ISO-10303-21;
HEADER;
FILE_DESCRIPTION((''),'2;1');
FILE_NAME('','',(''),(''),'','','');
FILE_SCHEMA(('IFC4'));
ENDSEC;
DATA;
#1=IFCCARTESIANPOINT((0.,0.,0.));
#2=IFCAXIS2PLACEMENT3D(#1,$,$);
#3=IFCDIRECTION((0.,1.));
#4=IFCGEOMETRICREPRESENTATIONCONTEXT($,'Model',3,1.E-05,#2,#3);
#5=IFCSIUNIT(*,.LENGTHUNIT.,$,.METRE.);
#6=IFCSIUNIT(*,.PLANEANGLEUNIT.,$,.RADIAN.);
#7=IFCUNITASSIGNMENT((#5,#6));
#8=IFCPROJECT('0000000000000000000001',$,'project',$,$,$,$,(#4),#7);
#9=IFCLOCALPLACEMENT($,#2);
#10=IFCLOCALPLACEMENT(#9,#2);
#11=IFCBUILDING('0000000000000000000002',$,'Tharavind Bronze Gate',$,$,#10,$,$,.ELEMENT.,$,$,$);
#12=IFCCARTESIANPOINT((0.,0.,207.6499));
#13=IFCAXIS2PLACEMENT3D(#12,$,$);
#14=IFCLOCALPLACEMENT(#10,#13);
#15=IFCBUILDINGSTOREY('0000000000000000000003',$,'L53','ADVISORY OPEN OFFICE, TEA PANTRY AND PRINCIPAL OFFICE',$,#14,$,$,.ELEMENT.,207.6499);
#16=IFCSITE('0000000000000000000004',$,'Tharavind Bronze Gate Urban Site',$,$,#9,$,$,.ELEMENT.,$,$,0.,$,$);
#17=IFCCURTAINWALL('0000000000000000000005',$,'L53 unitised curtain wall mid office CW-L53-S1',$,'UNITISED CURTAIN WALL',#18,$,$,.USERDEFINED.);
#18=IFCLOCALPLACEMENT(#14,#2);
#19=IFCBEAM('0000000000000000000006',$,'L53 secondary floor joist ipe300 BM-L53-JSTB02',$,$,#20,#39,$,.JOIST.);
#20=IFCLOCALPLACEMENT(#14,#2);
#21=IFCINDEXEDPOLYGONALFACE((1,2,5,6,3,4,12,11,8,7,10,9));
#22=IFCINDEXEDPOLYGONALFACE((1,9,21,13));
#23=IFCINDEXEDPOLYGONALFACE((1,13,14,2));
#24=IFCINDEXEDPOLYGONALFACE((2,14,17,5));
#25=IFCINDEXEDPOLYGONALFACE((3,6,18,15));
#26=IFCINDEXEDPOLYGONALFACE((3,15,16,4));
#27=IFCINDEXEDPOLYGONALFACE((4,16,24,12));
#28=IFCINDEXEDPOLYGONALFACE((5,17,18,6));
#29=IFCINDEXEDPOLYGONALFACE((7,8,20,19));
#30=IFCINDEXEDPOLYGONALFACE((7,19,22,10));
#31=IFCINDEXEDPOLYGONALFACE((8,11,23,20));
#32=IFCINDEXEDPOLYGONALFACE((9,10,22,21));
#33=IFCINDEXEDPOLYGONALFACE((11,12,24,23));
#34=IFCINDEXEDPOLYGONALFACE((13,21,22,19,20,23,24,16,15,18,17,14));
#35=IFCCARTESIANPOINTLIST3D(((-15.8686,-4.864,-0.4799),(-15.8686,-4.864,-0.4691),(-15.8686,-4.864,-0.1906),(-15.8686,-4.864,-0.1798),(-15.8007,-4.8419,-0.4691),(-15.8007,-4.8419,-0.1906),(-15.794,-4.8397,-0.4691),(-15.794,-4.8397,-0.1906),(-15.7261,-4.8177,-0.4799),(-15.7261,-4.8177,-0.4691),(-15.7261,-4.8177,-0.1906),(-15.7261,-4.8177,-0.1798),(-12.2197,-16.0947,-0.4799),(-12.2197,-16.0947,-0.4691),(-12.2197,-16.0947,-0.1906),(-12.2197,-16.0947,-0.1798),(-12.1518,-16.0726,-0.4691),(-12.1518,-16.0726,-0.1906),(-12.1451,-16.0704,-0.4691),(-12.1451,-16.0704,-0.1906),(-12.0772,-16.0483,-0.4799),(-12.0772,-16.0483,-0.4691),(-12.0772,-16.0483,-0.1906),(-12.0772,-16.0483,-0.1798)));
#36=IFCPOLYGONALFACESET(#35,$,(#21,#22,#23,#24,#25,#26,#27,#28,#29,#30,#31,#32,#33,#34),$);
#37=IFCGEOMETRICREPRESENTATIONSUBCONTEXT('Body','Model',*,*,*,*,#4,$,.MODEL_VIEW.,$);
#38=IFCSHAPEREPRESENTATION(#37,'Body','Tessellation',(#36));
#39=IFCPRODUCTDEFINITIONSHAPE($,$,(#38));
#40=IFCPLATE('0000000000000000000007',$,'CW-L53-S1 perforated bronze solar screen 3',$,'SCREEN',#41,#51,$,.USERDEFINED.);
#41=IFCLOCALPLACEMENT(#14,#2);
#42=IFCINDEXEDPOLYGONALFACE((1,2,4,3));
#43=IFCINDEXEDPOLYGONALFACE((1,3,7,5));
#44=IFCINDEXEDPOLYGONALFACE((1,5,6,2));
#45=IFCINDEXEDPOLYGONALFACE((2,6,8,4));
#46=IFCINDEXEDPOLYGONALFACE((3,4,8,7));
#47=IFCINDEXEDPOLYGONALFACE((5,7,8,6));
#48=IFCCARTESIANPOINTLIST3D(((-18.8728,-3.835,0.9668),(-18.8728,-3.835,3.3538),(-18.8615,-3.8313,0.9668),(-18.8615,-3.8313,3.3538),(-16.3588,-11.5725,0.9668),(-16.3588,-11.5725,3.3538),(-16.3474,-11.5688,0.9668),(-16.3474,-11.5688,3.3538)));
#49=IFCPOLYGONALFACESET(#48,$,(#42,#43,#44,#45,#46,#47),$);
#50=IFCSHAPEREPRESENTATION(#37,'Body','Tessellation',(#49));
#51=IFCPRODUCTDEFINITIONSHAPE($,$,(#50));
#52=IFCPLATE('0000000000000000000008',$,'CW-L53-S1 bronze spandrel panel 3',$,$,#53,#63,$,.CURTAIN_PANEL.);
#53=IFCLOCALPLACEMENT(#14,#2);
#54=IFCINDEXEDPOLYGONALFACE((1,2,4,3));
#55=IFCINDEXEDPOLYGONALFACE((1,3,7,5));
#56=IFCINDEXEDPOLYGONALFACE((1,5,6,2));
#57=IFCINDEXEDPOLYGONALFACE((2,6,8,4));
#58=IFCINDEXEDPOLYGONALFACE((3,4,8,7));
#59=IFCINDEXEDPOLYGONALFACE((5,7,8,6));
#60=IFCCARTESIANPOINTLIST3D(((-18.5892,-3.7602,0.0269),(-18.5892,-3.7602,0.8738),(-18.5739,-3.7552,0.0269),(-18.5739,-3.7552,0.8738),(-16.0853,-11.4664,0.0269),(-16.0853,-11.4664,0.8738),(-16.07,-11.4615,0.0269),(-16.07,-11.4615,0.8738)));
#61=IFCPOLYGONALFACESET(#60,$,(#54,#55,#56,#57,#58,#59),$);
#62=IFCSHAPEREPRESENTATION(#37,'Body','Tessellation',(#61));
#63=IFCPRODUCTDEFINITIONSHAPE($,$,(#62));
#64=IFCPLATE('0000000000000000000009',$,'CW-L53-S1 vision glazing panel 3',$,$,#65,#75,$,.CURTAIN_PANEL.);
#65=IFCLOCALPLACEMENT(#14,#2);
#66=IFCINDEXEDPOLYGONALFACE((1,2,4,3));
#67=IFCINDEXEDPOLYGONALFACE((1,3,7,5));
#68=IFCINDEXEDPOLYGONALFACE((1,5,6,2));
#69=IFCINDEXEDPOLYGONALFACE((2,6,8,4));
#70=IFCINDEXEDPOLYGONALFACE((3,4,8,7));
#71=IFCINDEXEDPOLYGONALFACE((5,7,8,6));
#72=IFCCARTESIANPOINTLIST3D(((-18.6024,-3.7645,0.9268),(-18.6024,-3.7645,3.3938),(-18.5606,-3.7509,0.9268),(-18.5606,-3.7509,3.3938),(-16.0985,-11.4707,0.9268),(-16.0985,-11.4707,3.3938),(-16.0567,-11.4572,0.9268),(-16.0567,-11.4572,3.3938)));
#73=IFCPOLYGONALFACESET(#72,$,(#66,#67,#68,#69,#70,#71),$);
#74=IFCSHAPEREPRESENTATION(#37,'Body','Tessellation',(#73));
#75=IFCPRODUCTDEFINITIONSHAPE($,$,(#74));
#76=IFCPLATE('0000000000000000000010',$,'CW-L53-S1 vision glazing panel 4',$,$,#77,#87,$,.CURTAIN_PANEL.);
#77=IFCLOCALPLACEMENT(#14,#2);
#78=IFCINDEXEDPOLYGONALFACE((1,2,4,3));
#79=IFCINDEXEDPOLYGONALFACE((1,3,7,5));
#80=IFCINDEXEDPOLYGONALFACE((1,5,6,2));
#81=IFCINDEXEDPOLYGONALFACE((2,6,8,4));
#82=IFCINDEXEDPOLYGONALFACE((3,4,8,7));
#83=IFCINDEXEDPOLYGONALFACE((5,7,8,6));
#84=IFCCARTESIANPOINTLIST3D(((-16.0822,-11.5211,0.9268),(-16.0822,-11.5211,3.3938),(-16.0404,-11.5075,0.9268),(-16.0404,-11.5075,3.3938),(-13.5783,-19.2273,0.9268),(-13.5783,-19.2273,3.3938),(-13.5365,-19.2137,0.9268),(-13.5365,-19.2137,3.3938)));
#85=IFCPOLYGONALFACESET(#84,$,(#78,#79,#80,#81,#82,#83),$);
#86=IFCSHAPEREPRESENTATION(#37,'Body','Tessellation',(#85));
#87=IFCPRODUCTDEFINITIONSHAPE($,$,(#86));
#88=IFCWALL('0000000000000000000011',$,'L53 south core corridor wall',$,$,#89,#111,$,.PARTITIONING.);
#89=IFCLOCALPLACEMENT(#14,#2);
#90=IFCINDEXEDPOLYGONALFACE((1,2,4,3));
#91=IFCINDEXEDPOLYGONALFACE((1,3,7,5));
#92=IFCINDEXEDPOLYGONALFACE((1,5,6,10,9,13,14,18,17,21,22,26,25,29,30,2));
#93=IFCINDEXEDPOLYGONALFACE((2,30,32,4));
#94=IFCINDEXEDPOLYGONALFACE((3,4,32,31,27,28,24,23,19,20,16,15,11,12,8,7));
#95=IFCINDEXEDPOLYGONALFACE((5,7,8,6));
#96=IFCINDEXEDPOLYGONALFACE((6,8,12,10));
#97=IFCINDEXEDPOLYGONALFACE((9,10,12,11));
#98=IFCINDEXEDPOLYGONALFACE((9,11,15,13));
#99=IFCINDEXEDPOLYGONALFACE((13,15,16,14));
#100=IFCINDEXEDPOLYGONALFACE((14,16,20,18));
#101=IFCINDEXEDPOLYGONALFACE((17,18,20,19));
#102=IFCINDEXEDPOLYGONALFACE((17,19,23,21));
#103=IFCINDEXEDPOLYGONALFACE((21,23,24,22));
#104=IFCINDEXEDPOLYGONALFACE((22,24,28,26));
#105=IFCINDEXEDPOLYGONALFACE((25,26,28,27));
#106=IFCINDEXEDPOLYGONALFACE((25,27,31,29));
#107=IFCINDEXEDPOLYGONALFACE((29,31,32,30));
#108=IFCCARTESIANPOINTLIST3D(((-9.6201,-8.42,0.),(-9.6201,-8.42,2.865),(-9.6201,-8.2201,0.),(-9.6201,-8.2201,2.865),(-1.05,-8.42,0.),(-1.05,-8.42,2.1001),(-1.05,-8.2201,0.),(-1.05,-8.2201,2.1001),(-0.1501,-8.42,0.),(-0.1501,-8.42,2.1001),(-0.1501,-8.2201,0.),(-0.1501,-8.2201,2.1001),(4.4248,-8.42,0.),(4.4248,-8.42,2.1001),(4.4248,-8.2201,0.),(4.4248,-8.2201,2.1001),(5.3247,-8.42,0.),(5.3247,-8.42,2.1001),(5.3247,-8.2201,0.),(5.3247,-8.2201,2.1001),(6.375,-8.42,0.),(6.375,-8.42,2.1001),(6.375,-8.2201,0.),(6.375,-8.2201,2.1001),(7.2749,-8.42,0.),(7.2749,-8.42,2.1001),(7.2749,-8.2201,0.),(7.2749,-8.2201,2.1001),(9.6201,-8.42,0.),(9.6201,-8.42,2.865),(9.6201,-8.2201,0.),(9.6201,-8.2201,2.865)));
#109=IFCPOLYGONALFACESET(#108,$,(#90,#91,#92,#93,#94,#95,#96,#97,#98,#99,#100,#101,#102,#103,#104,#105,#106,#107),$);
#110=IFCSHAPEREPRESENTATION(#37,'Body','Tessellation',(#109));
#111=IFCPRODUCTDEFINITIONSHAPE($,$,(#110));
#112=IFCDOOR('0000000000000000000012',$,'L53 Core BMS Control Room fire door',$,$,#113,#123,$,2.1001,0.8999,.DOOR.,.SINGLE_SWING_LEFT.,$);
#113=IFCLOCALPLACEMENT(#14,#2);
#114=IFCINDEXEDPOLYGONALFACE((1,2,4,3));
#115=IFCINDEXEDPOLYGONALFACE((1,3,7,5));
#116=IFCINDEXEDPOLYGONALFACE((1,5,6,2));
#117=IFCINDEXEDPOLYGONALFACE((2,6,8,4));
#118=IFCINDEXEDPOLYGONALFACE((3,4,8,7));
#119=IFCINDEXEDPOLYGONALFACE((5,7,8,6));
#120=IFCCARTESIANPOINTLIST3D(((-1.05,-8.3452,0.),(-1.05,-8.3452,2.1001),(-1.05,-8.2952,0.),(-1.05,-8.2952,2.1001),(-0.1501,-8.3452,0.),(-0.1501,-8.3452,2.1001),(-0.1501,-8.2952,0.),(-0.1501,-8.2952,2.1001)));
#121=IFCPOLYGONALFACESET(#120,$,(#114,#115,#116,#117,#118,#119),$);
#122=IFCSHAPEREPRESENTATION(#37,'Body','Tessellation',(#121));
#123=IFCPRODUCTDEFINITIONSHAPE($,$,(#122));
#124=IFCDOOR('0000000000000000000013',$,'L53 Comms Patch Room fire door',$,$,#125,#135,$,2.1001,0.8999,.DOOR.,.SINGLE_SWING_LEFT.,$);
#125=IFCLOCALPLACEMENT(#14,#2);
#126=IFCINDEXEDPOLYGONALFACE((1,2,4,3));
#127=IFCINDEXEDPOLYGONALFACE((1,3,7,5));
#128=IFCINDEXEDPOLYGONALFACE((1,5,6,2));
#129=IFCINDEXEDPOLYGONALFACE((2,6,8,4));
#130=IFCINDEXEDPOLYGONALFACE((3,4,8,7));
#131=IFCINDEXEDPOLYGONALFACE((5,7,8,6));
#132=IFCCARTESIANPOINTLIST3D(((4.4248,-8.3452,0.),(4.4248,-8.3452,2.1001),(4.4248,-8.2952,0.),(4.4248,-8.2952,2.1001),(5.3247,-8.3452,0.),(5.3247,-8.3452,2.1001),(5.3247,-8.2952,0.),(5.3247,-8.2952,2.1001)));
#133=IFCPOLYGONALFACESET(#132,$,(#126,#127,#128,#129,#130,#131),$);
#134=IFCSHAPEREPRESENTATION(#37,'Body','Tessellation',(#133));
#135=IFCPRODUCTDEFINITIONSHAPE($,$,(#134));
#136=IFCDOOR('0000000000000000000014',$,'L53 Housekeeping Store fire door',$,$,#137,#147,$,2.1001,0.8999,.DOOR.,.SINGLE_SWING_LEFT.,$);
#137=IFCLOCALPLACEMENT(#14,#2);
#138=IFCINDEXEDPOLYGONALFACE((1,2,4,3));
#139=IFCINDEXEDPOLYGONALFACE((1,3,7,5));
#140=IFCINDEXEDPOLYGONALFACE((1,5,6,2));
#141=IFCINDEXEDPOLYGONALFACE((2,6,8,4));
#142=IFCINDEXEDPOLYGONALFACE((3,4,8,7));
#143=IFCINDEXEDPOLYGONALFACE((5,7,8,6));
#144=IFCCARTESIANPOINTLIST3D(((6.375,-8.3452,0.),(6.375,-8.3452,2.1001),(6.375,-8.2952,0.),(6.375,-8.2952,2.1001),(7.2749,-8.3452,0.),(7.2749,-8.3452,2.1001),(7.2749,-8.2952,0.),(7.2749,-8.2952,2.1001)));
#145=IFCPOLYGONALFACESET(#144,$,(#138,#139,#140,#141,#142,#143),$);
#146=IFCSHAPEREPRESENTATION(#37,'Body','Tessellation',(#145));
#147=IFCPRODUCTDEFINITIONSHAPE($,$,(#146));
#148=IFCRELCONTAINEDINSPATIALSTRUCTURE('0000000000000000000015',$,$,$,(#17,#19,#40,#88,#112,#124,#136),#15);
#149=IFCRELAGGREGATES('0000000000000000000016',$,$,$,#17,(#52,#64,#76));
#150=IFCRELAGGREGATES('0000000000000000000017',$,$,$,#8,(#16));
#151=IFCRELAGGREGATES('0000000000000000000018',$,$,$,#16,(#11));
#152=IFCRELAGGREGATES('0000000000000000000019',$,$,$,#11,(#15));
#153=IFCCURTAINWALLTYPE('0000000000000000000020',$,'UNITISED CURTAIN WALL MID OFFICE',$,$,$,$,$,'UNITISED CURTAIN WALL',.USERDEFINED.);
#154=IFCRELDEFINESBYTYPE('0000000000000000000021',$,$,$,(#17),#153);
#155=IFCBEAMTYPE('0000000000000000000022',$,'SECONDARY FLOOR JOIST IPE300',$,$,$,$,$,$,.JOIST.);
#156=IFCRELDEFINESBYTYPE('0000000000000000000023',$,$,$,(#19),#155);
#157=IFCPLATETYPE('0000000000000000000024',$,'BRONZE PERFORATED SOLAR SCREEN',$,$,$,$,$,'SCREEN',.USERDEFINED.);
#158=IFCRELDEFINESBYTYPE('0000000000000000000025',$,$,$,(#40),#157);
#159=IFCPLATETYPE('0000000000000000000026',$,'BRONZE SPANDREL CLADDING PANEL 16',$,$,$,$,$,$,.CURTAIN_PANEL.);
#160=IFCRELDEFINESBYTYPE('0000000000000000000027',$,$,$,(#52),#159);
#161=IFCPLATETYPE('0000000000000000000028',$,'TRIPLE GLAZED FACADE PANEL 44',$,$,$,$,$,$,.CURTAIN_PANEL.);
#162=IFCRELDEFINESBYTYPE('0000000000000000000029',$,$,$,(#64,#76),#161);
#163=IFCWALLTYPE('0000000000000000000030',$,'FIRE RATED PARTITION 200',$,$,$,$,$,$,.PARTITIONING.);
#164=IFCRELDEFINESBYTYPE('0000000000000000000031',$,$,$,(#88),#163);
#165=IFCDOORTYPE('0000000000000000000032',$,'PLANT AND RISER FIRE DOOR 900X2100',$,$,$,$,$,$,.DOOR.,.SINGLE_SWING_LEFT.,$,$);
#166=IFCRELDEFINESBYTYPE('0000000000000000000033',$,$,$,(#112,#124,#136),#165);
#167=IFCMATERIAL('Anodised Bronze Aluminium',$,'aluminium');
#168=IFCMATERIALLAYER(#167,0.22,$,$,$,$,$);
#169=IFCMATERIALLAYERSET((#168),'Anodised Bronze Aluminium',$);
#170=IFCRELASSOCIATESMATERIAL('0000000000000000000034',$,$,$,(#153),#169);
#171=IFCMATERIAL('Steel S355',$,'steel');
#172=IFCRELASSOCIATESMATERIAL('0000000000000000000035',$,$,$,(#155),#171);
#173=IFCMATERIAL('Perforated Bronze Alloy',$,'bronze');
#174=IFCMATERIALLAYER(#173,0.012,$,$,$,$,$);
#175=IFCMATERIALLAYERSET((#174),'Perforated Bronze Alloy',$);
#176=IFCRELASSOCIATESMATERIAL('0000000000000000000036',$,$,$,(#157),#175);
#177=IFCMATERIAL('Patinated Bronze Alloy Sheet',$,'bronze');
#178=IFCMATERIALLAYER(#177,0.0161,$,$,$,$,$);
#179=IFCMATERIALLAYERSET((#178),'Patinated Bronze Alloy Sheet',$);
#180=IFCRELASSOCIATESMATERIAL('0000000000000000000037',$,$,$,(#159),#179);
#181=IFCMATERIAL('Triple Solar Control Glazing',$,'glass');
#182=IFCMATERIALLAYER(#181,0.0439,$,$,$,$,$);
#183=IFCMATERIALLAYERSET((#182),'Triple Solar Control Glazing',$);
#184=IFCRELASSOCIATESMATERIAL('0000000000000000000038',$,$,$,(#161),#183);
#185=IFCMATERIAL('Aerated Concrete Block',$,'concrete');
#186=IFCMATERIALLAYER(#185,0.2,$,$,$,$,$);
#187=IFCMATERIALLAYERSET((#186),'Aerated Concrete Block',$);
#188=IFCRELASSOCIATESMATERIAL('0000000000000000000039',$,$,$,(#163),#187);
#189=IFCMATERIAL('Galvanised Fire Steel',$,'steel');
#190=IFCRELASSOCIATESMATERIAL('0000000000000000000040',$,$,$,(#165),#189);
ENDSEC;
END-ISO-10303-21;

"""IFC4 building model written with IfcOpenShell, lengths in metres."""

from ifc_helpers import new_model, si_unit, direction, frame, frame_2d, origin, origin_2d, place, context, subcontext, project, spatial, rectangle, i_section, extrude, material, layer, layer_set, material_profile, profile_set, type_object, element, fill, aggregate, save


model = new_model("IFC4")

# Units and contexts
model_context = context("Model", 3, precision=1e-05, world=origin(), true_north=direction((0.0, 1.0)))
body_context = subcontext(model_context, "Body", "Model", "MODEL_VIEW")
ifc_project = project(units=[si_unit("LENGTHUNIT", "METRE"), si_unit("PLANEANGLEUNIT", "RADIAN")], contexts=[model_context])

# Site, building, storey
site_placement = place(None, origin())
site = spatial("IfcSite", under=ifc_project, at=site_placement, Name="Tharavind Bronze Gate Urban Site", CompositionType="ELEMENT", RefElevation=0.0)
building_placement = place(site_placement, origin())
building = spatial("IfcBuilding", under=site, at=building_placement, Name="Tharavind Bronze Gate", CompositionType="ELEMENT")
storey_placement = place(building_placement, frame((0.0, 0.0, 207.6499)))
storey = spatial("IfcBuildingStorey", under=building, at=storey_placement, Name="L53", Description="ADVISORY OPEN OFFICE, TEA PANTRY AND PRINCIPAL OFFICE", CompositionType="ELEMENT", Elevation=207.6499)

# Curtain wall
ifc_material_1 = material(Name="Anodised Bronze Aluminium", Category="aluminium")
ifc_layer_1 = layer(ifc_material_1, 0.22)
ifc_layer_set_1 = layer_set([ifc_layer_1], Name="Anodised Bronze Aluminium")
curtain_wall_type = type_object("IfcCurtainWallType", Name="UNITISED CURTAIN WALL MID OFFICE", ElementType="UNITISED CURTAIN WALL", PredefinedType="USERDEFINED", material=ifc_layer_set_1)
curtain_wall_placement = place(storey_placement, origin())
curtain_wall = element("IfcCurtainWall", 1, at=curtain_wall_placement, inside=storey, type_object=curtain_wall_type, Name="L53 unitised curtain wall mid office CW-L53-S1", ObjectType="UNITISED CURTAIN WALL", PredefinedType="USERDEFINED")

# Beam
ifc_material_2 = material(Name="Steel S355", Category="steel")
ifc_material_profile_1 = material_profile(ifc_material_2, i_section(OverallWidth=0.1499, OverallDepth=0.3, WebThickness=0.0071, FlangeThickness=0.0107, at=origin_2d()), Name="IPE300")
ifc_profile_set_1 = profile_set([ifc_material_profile_1], Name="Steel S355")
beam_type_1 = type_object("IfcBeamType", Name="SECONDARY FLOOR JOIST IPE300", PredefinedType="JOIST", material=ifc_profile_set_1)
beam_1_placement = place(storey_placement, frame((-15.7974, -4.8408, -0.3298), z_axis=(0.309005, -0.95106, 0.0), x_axis=(0.95106, 0.309005, 0.0)))
element("IfcBeam", 2, at=beam_1_placement, inside=storey, type_object=beam_type_1, Name="L53 secondary floor joist ipe300 BM-L53-JSTB02", PredefinedType="JOIST", context=body_context, shape_type="SweptSolid", body=[
    extrude(i_section(OverallWidth=0.1499, OverallDepth=0.3, WebThickness=0.0071, FlangeThickness=0.0107, at=origin_2d()), origin(), (0.0, 0.0, 1.0), 11.8086),
])

# Plates
ifc_material_3 = material(Name="Perforated Bronze Alloy", Category="bronze")
ifc_layer_2 = layer(ifc_material_3, 0.012)
ifc_layer_set_2 = layer_set([ifc_layer_2], Name="Perforated Bronze Alloy")
plate_type_1 = type_object("IfcPlateType", Name="BRONZE PERFORATED SOLAR SCREEN", ElementType="SCREEN", PredefinedType="USERDEFINED", material=ifc_layer_set_2)
plate_1_placement = place(storey_placement, frame((-17.6101, -7.7019, 0.9668), z_axis=(0.0, 0.0, 1.0), x_axis=(0.309017, -0.951057, 0.0)))
element("IfcPlate", 3, at=plate_1_placement, inside=storey, type_object=plate_type_1, Name="CW-L53-S1 perforated bronze solar screen 3", ObjectType="SCREEN", PredefinedType="USERDEFINED", context=body_context, shape_type="SweptSolid", body=[
    extrude(rectangle(XDim=8.1357, YDim=0.012, at=origin_2d()), origin(), (0.0, 0.0, 1.0), 2.387),
])
ifc_material_4 = material(Name="Patinated Bronze Alloy Sheet", Category="bronze")
ifc_layer_3 = layer(ifc_material_4, 0.0161)
ifc_layer_set_3 = layer_set([ifc_layer_3], Name="Patinated Bronze Alloy Sheet")
plate_type_2 = type_object("IfcPlateType", Name="BRONZE SPANDREL CLADDING PANEL 16", PredefinedType="CURTAIN_PANEL", material=ifc_layer_set_3)
plate_2_placement = place(storey_placement, frame((-17.3296, -7.6108, 0.0269), z_axis=(0.0, 0.0, 1.0), x_axis=(0.309017, -0.951057, 0.0)))
plate_2 = element("IfcPlate", 4, at=plate_2_placement, type_object=plate_type_2, Name="CW-L53-S1 bronze spandrel panel 3", PredefinedType="CURTAIN_PANEL", context=body_context, shape_type="SweptSolid", body=[
    extrude(rectangle(XDim=8.1028, YDim=0.0161, at=origin_2d()), origin(), (0.0, 0.0, 1.0), 0.8469),
])
ifc_material_5 = material(Name="Triple Solar Control Glazing", Category="glass")
ifc_layer_4 = layer(ifc_material_5, 0.0439)
ifc_layer_set_4 = layer_set([ifc_layer_4], Name="Triple Solar Control Glazing")
plate_type_3 = type_object("IfcPlateType", Name="TRIPLE GLAZED FACADE PANEL 44", PredefinedType="CURTAIN_PANEL", material=ifc_layer_set_4)
plate_3_placement = place(storey_placement, frame((-17.3296, -7.6108, 0.9268), z_axis=(0.0, 0.0, 1.0), x_axis=(0.309017, -0.951057, 0.0)))
plate_3 = element("IfcPlate", 5, at=plate_3_placement, type_object=plate_type_3, Name="CW-L53-S1 vision glazing panel 3", PredefinedType="CURTAIN_PANEL", context=body_context, shape_type="SweptSolid", body=[
    extrude(rectangle(XDim=8.1028, YDim=0.0439, at=origin_2d()), origin(), (0.0, 0.0, 1.0), 2.467),
])
plate_4_placement = place(storey_placement, frame((-14.8093, -15.3674, 0.9268), z_axis=(0.0, 0.0, 1.0), x_axis=(0.309017, -0.951057, 0.0)))
plate_4 = element("IfcPlate", 6, at=plate_4_placement, type_object=plate_type_3, Name="CW-L53-S1 vision glazing panel 4", PredefinedType="CURTAIN_PANEL", context=body_context, shape_type="SweptSolid", body=[
    extrude(rectangle(XDim=8.1028, YDim=0.0439, at=origin_2d()), origin(), (0.0, 0.0, 1.0), 2.467),
])
aggregate(curtain_wall, [plate_2, plate_3, plate_4])

# Wall, openings, doors
ifc_material_6 = material(Name="Aerated Concrete Block", Category="concrete")
ifc_layer_5 = layer(ifc_material_6, 0.2)
ifc_layer_set_5 = layer_set([ifc_layer_5], Name="Aerated Concrete Block")
wall_type = type_object("IfcWallType", Name="FIRE RATED PARTITION 200", PredefinedType="PARTITIONING", material=ifc_layer_set_5)
wall_1_placement = place(storey_placement, frame((-9.6201, -8.3201, 0.0), z_axis=(0.0, 0.0, 1.0), x_axis=(1.0, 0.0, 0.0)))
wall_1 = element("IfcWall", 7, at=wall_1_placement, inside=storey, type_object=wall_type, Name="L53 south core corridor wall", PredefinedType="PARTITIONING", context=body_context, shape_type="SweptSolid", body=[
    extrude(rectangle(XDim=19.2402, YDim=0.2, at=frame_2d((9.6201, 0.0))), origin(), (0.0, 0.0, 1.0), 2.865),
])
opening_1_placement = place(wall_1_placement, frame((8.5701, 0.0, 0.0)))
opening_1 = element("IfcOpeningElement", 8, at=opening_1_placement, cuts=wall_1, PredefinedType="OPENING", context=body_context, shape_type="SweptSolid", body=[
    extrude(rectangle(XDim=0.8999, YDim=2.1001, at=frame_2d((0.45, 1.05))), frame((0.0, 0.1101, 0.0), z_axis=(0.0, -1.0, 0.0), x_axis=(1.0, 0.0, 0.0)), (0.0, 0.0, 1.0), 0.22),
])
opening_2_placement = place(wall_1_placement, frame((14.0449, 0.0, 0.0)))
opening_2 = element("IfcOpeningElement", 9, at=opening_2_placement, cuts=wall_1, PredefinedType="OPENING", context=body_context, shape_type="SweptSolid", body=[
    extrude(rectangle(XDim=0.8999, YDim=2.1001, at=frame_2d((0.45, 1.05))), frame((0.0, 0.1101, 0.0), z_axis=(0.0, -1.0, 0.0), x_axis=(1.0, 0.0, 0.0)), (0.0, 0.0, 1.0), 0.22),
])
opening_3_placement = place(wall_1_placement, frame((15.9951, 0.0, 0.0)))
opening_3 = element("IfcOpeningElement", 10, at=opening_3_placement, cuts=wall_1, PredefinedType="OPENING", context=body_context, shape_type="SweptSolid", body=[
    extrude(rectangle(XDim=0.8999, YDim=2.1001, at=frame_2d((0.45, 1.05))), frame((0.0, 0.1101, 0.0), z_axis=(0.0, -1.0, 0.0), x_axis=(1.0, 0.0, 0.0)), (0.0, 0.0, 1.0), 0.22),
])
ifc_material_7 = material(Name="Galvanised Fire Steel", Category="steel")
door_type_1 = type_object("IfcDoorType", Name="PLANT AND RISER FIRE DOOR 900X2100", OperationType="SINGLE_SWING_LEFT", PredefinedType="DOOR", material=ifc_material_7)
door_1_placement = place(opening_1_placement, origin())
door_1 = element("IfcDoor", 11, at=door_1_placement, inside=storey, type_object=door_type_1, Name="L53 Core BMS Control Room fire door", OperationType="SINGLE_SWING_LEFT", OverallHeight=2.1001, OverallWidth=0.8999, PredefinedType="DOOR", context=body_context, shape_type="SweptSolid", body=[
    extrude(rectangle(XDim=0.8999, YDim=2.1001, at=frame_2d((0.45, 1.05))), frame((0.0, 0.0249, 0.0), z_axis=(0.0, -1.0, 0.0), x_axis=(1.0, 0.0, 0.0)), (0.0, 0.0, 1.0), 0.05),
])
fill(opening_1, door_1)
door_2_placement = place(opening_2_placement, origin())
door_2 = element("IfcDoor", 12, at=door_2_placement, inside=storey, type_object=door_type_1, Name="L53 Comms Patch Room fire door", OperationType="SINGLE_SWING_LEFT", OverallHeight=2.1001, OverallWidth=0.8999, PredefinedType="DOOR", context=body_context, shape_type="SweptSolid", body=[
    extrude(rectangle(XDim=0.8999, YDim=2.1001, at=frame_2d((0.45, 1.05))), frame((0.0, 0.0249, 0.0), z_axis=(0.0, -1.0, 0.0), x_axis=(1.0, 0.0, 0.0)), (0.0, 0.0, 1.0), 0.05),
])
fill(opening_2, door_2)
door_3_placement = place(opening_3_placement, origin())
door_3 = element("IfcDoor", 13, at=door_3_placement, inside=storey, type_object=door_type_1, Name="L53 Housekeeping Store fire door", OperationType="SINGLE_SWING_LEFT", OverallHeight=2.1001, OverallWidth=0.8999, PredefinedType="DOOR", context=body_context, shape_type="SweptSolid", body=[
    extrude(rectangle(XDim=0.8999, YDim=2.1001, at=frame_2d((0.45, 1.05))), frame((0.0, 0.0249, 0.0), z_axis=(0.0, -1.0, 0.0), x_axis=(1.0, 0.0, 0.0)), (0.0, 0.0, 1.0), 0.05),
])
fill(opening_3, door_3)

save(model, "model.ifc")
